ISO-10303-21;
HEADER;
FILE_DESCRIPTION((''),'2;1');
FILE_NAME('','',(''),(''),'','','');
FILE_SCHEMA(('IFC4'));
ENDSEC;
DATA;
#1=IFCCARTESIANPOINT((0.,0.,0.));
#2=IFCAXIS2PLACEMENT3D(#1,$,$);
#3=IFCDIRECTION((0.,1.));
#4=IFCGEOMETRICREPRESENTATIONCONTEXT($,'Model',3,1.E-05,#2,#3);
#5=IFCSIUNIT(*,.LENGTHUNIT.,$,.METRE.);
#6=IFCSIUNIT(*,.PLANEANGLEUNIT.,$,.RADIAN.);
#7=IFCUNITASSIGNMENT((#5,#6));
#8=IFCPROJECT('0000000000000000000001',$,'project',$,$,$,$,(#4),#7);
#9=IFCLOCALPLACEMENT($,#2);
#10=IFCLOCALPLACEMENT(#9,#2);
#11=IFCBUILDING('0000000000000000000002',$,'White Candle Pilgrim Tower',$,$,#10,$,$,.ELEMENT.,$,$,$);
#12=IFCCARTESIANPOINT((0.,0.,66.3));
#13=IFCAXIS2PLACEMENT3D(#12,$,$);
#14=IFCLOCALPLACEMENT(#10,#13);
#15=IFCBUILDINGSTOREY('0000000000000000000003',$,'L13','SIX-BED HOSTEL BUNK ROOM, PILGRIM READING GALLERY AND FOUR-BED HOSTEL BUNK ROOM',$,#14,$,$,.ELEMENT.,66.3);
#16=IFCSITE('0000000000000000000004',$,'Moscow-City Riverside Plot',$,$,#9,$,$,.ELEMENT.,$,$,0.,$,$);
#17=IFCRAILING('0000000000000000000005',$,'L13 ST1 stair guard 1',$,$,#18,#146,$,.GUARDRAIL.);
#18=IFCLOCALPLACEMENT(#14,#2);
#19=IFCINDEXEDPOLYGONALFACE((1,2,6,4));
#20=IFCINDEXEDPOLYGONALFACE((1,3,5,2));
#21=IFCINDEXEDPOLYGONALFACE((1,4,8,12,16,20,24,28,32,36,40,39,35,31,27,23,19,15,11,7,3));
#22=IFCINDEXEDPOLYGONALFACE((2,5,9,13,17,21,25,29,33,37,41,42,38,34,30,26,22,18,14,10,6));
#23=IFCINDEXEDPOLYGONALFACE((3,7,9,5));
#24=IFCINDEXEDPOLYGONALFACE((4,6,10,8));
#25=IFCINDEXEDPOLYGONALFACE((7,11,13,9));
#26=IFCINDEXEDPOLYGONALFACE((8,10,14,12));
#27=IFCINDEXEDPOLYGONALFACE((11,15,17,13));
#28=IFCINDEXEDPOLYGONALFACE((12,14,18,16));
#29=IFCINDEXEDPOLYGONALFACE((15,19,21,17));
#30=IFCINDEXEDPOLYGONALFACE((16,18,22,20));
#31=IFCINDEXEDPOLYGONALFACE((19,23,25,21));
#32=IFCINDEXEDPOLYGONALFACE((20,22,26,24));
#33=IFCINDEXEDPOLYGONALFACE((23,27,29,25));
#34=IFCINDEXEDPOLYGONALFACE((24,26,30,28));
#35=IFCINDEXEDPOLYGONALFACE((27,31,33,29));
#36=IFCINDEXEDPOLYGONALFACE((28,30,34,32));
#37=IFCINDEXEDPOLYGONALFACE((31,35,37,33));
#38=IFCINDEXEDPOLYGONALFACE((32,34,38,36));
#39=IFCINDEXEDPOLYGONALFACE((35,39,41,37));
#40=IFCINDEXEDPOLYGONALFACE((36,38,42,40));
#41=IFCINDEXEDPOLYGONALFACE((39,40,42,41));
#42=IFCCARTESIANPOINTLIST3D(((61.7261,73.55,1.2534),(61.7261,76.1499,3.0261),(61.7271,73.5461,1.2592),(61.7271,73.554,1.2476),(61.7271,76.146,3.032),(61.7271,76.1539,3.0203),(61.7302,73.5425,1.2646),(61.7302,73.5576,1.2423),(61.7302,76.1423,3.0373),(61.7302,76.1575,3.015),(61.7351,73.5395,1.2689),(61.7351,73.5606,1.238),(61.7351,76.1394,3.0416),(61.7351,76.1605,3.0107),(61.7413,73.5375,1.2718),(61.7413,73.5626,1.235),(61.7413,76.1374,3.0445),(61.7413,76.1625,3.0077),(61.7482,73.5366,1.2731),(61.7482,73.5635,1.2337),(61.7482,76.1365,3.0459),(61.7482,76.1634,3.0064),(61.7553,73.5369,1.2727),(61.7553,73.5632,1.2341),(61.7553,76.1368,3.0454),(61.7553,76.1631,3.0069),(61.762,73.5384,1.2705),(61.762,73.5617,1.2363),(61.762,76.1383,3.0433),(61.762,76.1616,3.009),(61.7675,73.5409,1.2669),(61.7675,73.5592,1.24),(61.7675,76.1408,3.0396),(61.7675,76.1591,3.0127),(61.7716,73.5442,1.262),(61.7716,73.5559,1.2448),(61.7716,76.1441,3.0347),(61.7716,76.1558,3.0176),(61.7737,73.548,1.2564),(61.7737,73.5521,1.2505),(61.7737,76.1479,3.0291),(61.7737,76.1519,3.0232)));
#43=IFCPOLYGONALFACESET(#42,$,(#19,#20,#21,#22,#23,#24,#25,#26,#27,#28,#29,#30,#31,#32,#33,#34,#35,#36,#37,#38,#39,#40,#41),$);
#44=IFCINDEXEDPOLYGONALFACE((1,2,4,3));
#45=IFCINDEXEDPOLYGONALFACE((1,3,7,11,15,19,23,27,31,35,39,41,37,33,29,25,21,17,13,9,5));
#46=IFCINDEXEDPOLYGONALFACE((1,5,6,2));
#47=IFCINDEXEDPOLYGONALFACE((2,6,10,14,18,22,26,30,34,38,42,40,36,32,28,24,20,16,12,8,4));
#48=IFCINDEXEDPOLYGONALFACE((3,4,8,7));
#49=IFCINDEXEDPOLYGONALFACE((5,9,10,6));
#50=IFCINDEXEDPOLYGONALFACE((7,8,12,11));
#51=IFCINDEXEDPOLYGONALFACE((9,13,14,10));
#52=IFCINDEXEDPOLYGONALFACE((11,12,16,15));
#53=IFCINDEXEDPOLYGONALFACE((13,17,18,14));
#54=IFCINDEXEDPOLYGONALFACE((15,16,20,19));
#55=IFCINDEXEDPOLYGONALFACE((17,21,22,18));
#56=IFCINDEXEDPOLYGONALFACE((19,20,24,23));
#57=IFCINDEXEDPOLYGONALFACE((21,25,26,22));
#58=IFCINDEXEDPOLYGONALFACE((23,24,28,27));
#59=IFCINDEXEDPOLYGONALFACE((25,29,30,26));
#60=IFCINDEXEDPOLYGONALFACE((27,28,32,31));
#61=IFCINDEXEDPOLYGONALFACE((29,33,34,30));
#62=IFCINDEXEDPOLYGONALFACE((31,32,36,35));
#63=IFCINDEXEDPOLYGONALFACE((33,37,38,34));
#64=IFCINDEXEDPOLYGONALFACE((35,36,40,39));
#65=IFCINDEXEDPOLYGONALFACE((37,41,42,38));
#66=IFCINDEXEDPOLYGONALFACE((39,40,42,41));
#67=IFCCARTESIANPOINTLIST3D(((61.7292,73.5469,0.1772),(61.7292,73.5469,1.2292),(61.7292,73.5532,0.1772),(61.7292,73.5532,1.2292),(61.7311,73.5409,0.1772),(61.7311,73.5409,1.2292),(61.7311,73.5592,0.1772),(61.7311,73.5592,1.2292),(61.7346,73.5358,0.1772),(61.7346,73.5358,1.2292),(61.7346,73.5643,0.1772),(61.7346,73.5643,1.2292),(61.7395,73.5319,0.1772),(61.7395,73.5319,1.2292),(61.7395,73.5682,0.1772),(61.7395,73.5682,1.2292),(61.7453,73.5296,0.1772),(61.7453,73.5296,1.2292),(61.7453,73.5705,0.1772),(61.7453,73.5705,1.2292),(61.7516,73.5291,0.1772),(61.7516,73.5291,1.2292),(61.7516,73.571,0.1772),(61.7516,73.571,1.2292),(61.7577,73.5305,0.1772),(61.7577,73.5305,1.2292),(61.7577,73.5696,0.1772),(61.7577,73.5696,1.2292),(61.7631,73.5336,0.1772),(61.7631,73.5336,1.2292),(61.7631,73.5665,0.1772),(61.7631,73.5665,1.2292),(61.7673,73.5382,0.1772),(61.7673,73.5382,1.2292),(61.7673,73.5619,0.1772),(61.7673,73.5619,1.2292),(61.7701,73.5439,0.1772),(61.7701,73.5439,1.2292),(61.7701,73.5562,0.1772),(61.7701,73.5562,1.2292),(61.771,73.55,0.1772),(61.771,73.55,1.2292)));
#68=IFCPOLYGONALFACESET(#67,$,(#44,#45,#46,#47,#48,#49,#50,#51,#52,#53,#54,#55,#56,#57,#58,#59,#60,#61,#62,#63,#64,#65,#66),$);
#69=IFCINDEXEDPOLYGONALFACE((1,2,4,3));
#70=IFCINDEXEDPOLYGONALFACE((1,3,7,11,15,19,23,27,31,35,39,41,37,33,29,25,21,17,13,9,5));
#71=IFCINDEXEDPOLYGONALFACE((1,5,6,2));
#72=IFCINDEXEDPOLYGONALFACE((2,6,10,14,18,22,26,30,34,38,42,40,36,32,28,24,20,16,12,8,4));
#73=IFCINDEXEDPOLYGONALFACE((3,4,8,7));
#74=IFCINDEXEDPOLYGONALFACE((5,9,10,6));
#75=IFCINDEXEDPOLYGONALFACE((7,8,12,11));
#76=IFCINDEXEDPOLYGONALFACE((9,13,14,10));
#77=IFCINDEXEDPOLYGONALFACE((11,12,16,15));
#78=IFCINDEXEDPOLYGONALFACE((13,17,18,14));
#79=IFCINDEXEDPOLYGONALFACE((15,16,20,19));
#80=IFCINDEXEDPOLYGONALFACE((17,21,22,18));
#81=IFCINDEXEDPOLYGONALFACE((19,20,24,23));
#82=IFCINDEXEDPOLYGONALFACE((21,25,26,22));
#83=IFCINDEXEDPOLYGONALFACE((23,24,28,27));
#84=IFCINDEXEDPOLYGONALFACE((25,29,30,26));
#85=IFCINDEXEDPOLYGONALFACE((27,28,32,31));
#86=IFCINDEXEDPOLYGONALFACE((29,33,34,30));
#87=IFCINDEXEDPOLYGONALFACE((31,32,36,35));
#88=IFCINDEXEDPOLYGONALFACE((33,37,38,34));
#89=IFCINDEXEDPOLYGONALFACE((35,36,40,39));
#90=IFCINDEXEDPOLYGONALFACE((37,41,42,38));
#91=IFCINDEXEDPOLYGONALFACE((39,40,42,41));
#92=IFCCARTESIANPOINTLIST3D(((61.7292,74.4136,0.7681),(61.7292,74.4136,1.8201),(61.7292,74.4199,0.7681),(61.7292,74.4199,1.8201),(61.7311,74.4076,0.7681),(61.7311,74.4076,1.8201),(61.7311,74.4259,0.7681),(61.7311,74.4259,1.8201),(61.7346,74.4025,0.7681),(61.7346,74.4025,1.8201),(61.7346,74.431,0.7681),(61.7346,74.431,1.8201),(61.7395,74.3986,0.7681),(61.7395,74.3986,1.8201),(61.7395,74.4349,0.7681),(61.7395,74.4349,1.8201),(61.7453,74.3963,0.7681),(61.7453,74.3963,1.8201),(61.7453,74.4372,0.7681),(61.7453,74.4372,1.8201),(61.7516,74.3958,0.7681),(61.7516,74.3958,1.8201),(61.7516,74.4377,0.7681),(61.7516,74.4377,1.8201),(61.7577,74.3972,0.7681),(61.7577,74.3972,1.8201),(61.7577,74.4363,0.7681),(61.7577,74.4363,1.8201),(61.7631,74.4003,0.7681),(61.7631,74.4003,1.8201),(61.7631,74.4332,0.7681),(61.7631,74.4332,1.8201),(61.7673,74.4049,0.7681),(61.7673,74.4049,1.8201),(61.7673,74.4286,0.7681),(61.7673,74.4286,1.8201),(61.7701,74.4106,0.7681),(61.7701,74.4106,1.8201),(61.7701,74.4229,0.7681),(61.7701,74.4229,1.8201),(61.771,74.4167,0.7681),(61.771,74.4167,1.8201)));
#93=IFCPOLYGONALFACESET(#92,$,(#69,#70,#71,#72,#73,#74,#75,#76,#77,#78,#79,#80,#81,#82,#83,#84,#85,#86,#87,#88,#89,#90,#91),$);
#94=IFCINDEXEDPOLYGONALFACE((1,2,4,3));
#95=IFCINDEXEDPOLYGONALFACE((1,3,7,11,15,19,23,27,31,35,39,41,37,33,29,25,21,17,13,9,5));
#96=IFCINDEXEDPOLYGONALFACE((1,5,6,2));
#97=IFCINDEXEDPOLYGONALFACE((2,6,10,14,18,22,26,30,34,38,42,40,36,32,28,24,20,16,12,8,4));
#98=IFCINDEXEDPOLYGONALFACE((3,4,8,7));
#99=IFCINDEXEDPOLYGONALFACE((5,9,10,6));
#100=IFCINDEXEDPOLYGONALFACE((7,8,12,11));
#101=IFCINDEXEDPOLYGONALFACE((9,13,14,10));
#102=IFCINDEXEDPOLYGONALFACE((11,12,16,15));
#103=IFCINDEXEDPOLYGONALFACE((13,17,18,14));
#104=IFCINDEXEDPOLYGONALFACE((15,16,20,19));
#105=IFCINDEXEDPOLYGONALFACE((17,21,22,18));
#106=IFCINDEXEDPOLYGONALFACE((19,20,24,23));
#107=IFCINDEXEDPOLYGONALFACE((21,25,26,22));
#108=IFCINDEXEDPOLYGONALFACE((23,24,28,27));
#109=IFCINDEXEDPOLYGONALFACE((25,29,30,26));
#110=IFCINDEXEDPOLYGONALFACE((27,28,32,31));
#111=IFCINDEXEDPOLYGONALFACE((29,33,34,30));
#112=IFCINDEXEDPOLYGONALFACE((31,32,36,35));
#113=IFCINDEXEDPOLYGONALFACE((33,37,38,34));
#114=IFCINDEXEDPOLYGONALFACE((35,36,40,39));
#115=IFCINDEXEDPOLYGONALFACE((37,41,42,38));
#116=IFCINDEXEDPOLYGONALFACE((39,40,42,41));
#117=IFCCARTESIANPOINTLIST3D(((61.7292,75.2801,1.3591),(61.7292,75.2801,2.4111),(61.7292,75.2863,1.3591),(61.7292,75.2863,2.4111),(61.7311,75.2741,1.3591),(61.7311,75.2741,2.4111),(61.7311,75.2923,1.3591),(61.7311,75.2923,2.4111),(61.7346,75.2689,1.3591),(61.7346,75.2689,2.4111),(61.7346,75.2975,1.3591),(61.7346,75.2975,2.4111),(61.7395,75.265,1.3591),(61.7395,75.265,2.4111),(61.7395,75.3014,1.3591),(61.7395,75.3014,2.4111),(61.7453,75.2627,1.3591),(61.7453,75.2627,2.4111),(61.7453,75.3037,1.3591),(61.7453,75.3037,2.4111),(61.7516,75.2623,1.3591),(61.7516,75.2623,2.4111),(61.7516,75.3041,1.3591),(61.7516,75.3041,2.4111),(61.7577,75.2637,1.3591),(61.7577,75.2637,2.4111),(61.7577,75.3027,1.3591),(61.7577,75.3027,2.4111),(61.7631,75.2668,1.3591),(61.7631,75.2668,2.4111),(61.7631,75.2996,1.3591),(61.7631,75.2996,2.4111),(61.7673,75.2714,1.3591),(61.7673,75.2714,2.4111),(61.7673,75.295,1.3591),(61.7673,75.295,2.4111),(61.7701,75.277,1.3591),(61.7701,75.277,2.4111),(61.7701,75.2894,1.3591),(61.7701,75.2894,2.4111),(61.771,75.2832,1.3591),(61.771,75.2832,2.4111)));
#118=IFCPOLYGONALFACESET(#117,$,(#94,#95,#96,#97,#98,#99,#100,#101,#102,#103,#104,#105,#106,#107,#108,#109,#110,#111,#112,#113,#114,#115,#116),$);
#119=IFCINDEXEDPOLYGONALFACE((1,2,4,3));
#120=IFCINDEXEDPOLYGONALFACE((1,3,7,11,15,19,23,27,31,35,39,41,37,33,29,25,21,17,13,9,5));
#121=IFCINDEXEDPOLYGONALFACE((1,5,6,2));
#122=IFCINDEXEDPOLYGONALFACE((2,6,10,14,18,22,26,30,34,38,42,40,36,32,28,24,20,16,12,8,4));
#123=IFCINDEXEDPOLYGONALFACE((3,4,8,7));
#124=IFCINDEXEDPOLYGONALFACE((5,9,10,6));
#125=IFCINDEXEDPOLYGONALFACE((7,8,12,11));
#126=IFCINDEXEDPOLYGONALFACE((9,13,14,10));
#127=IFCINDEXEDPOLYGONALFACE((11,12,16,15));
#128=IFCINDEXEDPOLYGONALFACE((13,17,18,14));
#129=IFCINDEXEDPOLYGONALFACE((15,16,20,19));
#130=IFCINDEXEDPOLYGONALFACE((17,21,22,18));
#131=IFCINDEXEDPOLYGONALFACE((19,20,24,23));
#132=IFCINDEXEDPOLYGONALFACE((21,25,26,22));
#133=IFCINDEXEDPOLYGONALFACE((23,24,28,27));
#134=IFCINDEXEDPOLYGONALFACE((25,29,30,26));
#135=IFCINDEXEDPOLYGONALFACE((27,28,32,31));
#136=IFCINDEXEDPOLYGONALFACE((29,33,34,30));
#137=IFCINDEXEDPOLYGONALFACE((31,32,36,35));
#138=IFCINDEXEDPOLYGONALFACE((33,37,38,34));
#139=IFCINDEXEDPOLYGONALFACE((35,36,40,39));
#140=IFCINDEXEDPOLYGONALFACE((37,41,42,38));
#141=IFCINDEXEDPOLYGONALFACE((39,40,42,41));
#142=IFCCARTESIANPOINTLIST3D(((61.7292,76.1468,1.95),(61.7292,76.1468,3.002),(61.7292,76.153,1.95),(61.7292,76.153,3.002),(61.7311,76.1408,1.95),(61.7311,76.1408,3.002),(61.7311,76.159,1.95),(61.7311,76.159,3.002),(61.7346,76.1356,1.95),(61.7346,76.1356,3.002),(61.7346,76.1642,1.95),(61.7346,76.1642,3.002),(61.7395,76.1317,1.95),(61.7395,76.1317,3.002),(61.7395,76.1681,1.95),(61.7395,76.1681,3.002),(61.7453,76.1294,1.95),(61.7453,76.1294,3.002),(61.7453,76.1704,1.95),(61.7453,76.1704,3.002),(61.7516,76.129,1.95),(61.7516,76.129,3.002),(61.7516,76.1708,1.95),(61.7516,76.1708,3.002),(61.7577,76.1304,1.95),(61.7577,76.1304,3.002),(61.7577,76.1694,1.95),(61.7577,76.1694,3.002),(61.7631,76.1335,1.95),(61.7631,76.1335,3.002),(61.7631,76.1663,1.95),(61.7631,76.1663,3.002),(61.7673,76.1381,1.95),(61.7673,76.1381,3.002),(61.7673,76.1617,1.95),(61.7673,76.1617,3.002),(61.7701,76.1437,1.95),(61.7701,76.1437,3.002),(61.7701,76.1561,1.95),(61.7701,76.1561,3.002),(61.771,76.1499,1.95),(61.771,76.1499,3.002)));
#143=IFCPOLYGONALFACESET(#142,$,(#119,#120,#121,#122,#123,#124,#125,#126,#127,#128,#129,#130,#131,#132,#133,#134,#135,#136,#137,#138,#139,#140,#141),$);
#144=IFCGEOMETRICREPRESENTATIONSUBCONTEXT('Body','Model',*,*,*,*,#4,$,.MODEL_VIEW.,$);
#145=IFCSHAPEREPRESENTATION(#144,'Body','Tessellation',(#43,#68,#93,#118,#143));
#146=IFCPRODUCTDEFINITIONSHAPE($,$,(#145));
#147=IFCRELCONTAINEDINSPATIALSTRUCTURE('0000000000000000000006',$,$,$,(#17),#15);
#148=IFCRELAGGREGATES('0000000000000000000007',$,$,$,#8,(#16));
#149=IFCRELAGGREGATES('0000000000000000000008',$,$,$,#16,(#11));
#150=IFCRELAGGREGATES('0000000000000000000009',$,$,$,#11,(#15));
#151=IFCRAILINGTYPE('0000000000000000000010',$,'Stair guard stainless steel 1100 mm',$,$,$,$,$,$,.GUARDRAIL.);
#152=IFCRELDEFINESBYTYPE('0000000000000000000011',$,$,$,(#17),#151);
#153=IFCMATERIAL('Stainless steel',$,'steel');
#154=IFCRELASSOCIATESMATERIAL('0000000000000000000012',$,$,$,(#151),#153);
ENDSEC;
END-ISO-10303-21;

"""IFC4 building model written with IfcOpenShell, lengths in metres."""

from ifc_helpers import new_model, si_unit, direction, frame, origin, origin_2d, place, context, subcontext, project, spatial, circle, extrude, material, type_object, element, save


model = new_model("IFC4")

# Units and contexts
model_context = context("Model", 3, precision=1e-05, world=origin(), true_north=direction((0.0, 1.0)))
body_context = subcontext(model_context, "Body", "Model", "MODEL_VIEW")
ifc_project = project(units=[si_unit("LENGTHUNIT", "METRE"), si_unit("PLANEANGLEUNIT", "RADIAN")], contexts=[model_context])

# Site, building, storey
site_placement = place(None, origin())
site = spatial("IfcSite", under=ifc_project, at=site_placement, Name="Moscow-City Riverside Plot", CompositionType="ELEMENT", RefElevation=0.0)
building_placement = place(site_placement, origin())
building = spatial("IfcBuilding", under=site, at=building_placement, Name="White Candle Pilgrim Tower", CompositionType="ELEMENT")
storey_placement = place(building_placement, frame((0.0, 0.0, 66.3)))
storey = spatial("IfcBuildingStorey", under=building, at=storey_placement, Name="L13", Description="SIX-BED HOSTEL BUNK ROOM, PILGRIM READING GALLERY AND FOUR-BED HOSTEL BUNK ROOM", CompositionType="ELEMENT", Elevation=66.3)

# Railing
ifc_material_1 = material(Name="Stainless steel", Category="steel")
railing_type_1 = type_object("IfcRailingType", Name="Stair guard stainless steel 1100 mm", PredefinedType="GUARDRAIL", material=ifc_material_1)
railing_1_placement = place(storey_placement, frame((61.75, 73.55, 0.1772)))
element("IfcRailing", 1, at=railing_1_placement, inside=storey, type_object=railing_type_1, Name="L13 ST1 stair guard 1", PredefinedType="GUARDRAIL", context=body_context, shape_type="SweptSolid", body=[
    extrude(circle(Radius=0.0239, at=origin_2d()), frame((0.0, 0.0, 1.0762), z_axis=(0.0, 0.826216, 0.563354), x_axis=(-1.0, 0.0, 0.0)), (0.0, 0.0, 1.0), 3.1467),
    extrude(circle(Radius=0.021, at=origin_2d()), origin(), (0.0, 0.0, 1.0), 1.052),
    extrude(circle(Radius=0.021, at=origin_2d()), frame((0.0, 0.8667, 0.5908)), (0.0, 0.0, 1.0), 1.052),
    extrude(circle(Radius=0.021, at=origin_2d()), frame((0.0, 1.7332, 1.1819)), (0.0, 0.0, 1.0), 1.052),
    extrude(circle(Radius=0.021, at=origin_2d()), frame((0.0, 2.5999, 1.7727)), (0.0, 0.0, 1.0), 1.052),
])

save(model, "model.ifc")
